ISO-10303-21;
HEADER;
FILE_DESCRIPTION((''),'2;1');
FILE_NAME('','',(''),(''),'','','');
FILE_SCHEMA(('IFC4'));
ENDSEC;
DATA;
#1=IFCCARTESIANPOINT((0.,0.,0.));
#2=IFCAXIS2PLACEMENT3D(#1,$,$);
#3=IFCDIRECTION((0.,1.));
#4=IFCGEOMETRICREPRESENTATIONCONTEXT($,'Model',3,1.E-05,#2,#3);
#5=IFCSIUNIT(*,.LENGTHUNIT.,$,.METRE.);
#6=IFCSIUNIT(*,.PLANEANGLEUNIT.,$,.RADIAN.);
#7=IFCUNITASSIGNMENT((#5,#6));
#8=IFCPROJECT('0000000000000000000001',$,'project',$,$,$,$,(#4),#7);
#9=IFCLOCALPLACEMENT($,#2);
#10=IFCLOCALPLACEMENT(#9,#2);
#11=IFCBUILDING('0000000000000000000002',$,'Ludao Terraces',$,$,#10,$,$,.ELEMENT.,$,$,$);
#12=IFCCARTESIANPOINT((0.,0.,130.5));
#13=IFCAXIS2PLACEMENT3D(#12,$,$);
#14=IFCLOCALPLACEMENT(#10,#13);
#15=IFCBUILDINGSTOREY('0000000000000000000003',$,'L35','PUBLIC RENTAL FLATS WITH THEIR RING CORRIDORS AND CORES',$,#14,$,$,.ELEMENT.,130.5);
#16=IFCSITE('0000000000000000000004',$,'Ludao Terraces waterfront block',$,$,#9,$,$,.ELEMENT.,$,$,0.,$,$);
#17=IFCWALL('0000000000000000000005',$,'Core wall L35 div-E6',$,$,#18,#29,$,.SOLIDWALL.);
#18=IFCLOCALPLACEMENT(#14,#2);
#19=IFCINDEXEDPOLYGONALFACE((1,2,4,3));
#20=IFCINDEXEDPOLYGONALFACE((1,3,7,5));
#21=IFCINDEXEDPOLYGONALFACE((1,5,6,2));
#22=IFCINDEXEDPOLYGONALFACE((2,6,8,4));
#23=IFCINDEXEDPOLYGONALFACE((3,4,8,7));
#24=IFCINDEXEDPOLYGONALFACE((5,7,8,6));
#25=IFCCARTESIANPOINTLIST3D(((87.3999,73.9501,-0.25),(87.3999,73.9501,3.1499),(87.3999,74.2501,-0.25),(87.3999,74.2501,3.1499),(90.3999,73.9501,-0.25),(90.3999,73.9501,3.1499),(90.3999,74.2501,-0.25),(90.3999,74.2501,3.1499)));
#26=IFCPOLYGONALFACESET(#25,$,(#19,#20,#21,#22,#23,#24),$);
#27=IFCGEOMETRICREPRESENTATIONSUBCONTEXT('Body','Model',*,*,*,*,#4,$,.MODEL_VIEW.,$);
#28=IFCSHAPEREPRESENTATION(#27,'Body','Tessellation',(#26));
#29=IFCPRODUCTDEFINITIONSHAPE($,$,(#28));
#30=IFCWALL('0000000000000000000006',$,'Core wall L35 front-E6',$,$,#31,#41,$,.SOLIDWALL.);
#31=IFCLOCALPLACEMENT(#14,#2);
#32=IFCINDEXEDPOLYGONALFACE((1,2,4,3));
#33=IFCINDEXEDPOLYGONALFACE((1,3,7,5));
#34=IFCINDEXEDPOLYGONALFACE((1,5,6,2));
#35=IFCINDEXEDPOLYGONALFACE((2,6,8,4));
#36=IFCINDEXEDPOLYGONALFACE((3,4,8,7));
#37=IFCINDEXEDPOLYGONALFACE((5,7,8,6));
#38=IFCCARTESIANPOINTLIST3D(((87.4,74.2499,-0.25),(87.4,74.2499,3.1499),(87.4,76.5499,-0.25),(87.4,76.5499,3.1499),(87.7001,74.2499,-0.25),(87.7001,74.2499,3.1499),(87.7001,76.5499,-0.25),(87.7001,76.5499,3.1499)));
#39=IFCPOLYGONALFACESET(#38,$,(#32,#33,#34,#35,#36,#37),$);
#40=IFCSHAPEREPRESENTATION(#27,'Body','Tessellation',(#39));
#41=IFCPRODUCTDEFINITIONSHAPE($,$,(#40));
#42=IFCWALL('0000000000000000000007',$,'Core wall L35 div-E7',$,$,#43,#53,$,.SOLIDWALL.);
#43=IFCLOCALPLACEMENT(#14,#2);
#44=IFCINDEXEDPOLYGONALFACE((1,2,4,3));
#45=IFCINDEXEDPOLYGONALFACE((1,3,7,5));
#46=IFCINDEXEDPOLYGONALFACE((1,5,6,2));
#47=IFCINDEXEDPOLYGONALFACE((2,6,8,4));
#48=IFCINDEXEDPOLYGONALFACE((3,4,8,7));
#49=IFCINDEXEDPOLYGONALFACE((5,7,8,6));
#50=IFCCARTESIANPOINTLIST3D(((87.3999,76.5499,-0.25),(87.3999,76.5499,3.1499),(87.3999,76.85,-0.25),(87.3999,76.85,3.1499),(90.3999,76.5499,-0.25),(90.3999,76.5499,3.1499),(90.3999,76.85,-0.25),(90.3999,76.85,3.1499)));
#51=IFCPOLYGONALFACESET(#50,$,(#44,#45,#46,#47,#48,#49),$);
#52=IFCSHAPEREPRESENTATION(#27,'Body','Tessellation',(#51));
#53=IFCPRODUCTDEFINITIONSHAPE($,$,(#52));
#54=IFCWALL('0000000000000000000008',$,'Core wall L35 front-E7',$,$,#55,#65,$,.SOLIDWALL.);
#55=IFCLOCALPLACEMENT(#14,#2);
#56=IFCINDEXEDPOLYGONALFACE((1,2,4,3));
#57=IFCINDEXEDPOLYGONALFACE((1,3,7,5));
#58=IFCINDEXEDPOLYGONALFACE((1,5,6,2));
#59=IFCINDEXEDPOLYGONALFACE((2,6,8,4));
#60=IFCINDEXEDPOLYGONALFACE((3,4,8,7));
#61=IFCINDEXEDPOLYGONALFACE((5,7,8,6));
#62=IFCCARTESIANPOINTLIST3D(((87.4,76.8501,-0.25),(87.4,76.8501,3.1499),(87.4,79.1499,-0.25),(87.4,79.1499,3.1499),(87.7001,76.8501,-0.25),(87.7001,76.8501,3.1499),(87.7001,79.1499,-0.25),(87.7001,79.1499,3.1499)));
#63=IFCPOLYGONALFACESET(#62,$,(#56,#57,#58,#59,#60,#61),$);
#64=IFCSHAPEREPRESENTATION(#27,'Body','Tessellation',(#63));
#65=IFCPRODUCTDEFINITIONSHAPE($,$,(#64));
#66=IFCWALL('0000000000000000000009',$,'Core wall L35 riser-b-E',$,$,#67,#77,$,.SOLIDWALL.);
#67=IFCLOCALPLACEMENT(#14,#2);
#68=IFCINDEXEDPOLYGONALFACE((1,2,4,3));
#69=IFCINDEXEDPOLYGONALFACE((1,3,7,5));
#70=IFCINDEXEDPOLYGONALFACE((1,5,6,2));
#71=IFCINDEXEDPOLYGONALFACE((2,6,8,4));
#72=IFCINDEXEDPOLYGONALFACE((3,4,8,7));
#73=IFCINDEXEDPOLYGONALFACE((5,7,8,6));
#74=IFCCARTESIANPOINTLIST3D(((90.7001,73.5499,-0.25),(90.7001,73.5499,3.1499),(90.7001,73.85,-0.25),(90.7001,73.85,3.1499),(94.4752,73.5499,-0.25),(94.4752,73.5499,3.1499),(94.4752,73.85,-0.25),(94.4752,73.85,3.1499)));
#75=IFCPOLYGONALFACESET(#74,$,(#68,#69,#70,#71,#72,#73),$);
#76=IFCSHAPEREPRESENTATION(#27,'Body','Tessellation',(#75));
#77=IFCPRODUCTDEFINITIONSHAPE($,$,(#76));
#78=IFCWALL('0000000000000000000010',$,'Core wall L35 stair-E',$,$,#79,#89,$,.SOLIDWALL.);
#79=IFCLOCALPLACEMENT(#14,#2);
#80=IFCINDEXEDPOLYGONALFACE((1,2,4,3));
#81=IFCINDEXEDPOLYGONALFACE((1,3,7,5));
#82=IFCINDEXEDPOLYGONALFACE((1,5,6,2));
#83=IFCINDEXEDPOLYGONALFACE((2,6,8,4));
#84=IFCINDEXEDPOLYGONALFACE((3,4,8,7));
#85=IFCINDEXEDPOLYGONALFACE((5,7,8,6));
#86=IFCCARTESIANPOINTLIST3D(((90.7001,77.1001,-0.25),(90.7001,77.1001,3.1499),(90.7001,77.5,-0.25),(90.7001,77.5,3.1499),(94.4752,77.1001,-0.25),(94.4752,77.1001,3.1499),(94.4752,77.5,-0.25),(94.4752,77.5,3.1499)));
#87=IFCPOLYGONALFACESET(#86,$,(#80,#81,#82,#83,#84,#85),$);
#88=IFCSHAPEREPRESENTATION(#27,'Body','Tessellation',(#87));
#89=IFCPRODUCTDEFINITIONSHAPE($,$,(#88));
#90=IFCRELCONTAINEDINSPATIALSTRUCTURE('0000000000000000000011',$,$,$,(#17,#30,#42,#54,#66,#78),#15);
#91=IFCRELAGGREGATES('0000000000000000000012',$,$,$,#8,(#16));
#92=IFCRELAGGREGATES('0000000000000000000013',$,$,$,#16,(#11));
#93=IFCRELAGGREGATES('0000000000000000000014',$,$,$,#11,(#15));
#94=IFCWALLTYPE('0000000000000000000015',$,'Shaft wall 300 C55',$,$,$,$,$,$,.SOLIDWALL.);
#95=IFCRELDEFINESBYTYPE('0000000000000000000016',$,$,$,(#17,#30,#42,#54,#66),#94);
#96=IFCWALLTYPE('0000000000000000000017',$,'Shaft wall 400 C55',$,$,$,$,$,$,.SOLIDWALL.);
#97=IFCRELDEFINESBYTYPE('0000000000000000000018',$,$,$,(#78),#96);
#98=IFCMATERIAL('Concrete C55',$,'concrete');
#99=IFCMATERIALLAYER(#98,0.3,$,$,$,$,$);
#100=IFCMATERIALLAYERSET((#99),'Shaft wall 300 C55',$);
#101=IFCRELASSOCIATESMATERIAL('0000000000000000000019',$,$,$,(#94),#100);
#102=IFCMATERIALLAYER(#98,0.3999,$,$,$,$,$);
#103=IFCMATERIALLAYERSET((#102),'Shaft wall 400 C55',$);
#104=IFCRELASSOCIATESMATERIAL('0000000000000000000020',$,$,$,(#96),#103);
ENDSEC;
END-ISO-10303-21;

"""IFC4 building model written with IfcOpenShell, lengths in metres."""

from ifc_helpers import new_model, si_unit, direction, frame, frame_2d, origin, place, context, subcontext, project, spatial, rectangle, extrude, material, layer, layer_set, type_object, element, save


model = new_model("IFC4")

# Units and contexts
model_context = context("Model", 3, precision=1e-05, world=origin(), true_north=direction((0.0, 1.0)))
body_context = subcontext(model_context, "Body", "Model", "MODEL_VIEW")
ifc_project = project(units=[si_unit("LENGTHUNIT", "METRE"), si_unit("PLANEANGLEUNIT", "RADIAN")], contexts=[model_context])

# Site, building, storey
site_placement = place(None, origin())
site = spatial("IfcSite", under=ifc_project, at=site_placement, Name="Ludao Terraces waterfront block", CompositionType="ELEMENT", RefElevation=0.0)
building_placement = place(site_placement, origin())
building = spatial("IfcBuilding", under=site, at=building_placement, Name="Ludao Terraces", CompositionType="ELEMENT")
storey_placement = place(building_placement, frame((0.0, 0.0, 130.5)))
storey = spatial("IfcBuildingStorey", under=building, at=storey_placement, Name="L35", Description="PUBLIC RENTAL FLATS WITH THEIR RING CORRIDORS AND CORES", CompositionType="ELEMENT", Elevation=130.5)

# Walls
ifc_material_1 = material(Name="Concrete C55", Category="concrete")
ifc_layer_1 = layer(ifc_material_1, 0.3)
ifc_layer_set_1 = layer_set([ifc_layer_1], Name="Shaft wall 300 C55")
wall_type_1 = type_object("IfcWallType", Name="Shaft wall 300 C55", PredefinedType="SOLIDWALL", material=ifc_layer_set_1)
wall_1_placement = place(storey_placement, frame((87.3999, 74.1001, -0.25), z_axis=(0.0, 0.0, 1.0), x_axis=(1.0, 0.0, 0.0)))
element("IfcWall", 1, at=wall_1_placement, inside=storey, type_object=wall_type_1, Name="Core wall L35 div-E6", PredefinedType="SOLIDWALL", context=body_context, shape_type="SweptSolid", body=[
    extrude(rectangle(XDim=3.0, YDim=0.3, at=frame_2d((1.5, 0.0))), origin(), (0.0, 0.0, 1.0), 3.3999),
])
wall_2_placement = place(storey_placement, frame((87.55, 74.25, -0.25), z_axis=(0.0, 0.0, 1.0), x_axis=(0.0, 1.0, 0.0)))
element("IfcWall", 2, at=wall_2_placement, inside=storey, type_object=wall_type_1, Name="Core wall L35 front-E6", PredefinedType="SOLIDWALL", context=body_context, shape_type="SweptSolid", body=[
    extrude(rectangle(XDim=2.3, YDim=0.3, at=frame_2d((1.1499, 0.0))), origin(), (0.0, 0.0, 1.0), 3.3999),
])
wall_3_placement = place(storey_placement, frame((87.3999, 76.7, -0.25), z_axis=(0.0, 0.0, 1.0), x_axis=(1.0, 0.0, 0.0)))
element("IfcWall", 3, at=wall_3_placement, inside=storey, type_object=wall_type_1, Name="Core wall L35 div-E7", PredefinedType="SOLIDWALL", context=body_context, shape_type="SweptSolid", body=[
    extrude(rectangle(XDim=3.0, YDim=0.3, at=frame_2d((1.5, 0.0))), origin(), (0.0, 0.0, 1.0), 3.3999),
])
wall_4_placement = place(storey_placement, frame((87.55, 76.8501, -0.25), z_axis=(0.0, 0.0, 1.0), x_axis=(0.0, 1.0, 0.0)))
element("IfcWall", 4, at=wall_4_placement, inside=storey, type_object=wall_type_1, Name="Core wall L35 front-E7", PredefinedType="SOLIDWALL", context=body_context, shape_type="SweptSolid", body=[
    extrude(rectangle(XDim=2.2998, YDim=0.3, at=frame_2d((1.1499, 0.0))), origin(), (0.0, 0.0, 1.0), 3.3999),
])
wall_5_placement = place(storey_placement, frame((90.7, 73.7, -0.25), z_axis=(0.0, 0.0, 1.0), x_axis=(1.0, 0.0, 0.0)))
element("IfcWall", 5, at=wall_5_placement, inside=storey, type_object=wall_type_1, Name="Core wall L35 riser-b-E", PredefinedType="SOLIDWALL", context=body_context, shape_type="SweptSolid", body=[
    extrude(rectangle(XDim=3.7751, YDim=0.3, at=frame_2d((1.8877, 0.0))), origin(), (0.0, 0.0, 1.0), 3.3999),
])
ifc_layer_2 = layer(ifc_material_1, 0.3999)
ifc_layer_set_2 = layer_set([ifc_layer_2], Name="Shaft wall 400 C55")
wall_type_2 = type_object("IfcWallType", Name="Shaft wall 400 C55", PredefinedType="SOLIDWALL", material=ifc_layer_set_2)
wall_6_placement = place(storey_placement, frame((90.7, 77.3, -0.25), z_axis=(0.0, 0.0, 1.0), x_axis=(1.0, 0.0, 0.0)))
element("IfcWall", 6, at=wall_6_placement, inside=storey, type_object=wall_type_2, Name="Core wall L35 stair-E", PredefinedType="SOLIDWALL", context=body_context, shape_type="SweptSolid", body=[
    extrude(rectangle(XDim=3.7751, YDim=0.3999, at=frame_2d((1.8877, 0.0))), origin(), (0.0, 0.0, 1.0), 3.3999),
])

save(model, "model.ifc")
